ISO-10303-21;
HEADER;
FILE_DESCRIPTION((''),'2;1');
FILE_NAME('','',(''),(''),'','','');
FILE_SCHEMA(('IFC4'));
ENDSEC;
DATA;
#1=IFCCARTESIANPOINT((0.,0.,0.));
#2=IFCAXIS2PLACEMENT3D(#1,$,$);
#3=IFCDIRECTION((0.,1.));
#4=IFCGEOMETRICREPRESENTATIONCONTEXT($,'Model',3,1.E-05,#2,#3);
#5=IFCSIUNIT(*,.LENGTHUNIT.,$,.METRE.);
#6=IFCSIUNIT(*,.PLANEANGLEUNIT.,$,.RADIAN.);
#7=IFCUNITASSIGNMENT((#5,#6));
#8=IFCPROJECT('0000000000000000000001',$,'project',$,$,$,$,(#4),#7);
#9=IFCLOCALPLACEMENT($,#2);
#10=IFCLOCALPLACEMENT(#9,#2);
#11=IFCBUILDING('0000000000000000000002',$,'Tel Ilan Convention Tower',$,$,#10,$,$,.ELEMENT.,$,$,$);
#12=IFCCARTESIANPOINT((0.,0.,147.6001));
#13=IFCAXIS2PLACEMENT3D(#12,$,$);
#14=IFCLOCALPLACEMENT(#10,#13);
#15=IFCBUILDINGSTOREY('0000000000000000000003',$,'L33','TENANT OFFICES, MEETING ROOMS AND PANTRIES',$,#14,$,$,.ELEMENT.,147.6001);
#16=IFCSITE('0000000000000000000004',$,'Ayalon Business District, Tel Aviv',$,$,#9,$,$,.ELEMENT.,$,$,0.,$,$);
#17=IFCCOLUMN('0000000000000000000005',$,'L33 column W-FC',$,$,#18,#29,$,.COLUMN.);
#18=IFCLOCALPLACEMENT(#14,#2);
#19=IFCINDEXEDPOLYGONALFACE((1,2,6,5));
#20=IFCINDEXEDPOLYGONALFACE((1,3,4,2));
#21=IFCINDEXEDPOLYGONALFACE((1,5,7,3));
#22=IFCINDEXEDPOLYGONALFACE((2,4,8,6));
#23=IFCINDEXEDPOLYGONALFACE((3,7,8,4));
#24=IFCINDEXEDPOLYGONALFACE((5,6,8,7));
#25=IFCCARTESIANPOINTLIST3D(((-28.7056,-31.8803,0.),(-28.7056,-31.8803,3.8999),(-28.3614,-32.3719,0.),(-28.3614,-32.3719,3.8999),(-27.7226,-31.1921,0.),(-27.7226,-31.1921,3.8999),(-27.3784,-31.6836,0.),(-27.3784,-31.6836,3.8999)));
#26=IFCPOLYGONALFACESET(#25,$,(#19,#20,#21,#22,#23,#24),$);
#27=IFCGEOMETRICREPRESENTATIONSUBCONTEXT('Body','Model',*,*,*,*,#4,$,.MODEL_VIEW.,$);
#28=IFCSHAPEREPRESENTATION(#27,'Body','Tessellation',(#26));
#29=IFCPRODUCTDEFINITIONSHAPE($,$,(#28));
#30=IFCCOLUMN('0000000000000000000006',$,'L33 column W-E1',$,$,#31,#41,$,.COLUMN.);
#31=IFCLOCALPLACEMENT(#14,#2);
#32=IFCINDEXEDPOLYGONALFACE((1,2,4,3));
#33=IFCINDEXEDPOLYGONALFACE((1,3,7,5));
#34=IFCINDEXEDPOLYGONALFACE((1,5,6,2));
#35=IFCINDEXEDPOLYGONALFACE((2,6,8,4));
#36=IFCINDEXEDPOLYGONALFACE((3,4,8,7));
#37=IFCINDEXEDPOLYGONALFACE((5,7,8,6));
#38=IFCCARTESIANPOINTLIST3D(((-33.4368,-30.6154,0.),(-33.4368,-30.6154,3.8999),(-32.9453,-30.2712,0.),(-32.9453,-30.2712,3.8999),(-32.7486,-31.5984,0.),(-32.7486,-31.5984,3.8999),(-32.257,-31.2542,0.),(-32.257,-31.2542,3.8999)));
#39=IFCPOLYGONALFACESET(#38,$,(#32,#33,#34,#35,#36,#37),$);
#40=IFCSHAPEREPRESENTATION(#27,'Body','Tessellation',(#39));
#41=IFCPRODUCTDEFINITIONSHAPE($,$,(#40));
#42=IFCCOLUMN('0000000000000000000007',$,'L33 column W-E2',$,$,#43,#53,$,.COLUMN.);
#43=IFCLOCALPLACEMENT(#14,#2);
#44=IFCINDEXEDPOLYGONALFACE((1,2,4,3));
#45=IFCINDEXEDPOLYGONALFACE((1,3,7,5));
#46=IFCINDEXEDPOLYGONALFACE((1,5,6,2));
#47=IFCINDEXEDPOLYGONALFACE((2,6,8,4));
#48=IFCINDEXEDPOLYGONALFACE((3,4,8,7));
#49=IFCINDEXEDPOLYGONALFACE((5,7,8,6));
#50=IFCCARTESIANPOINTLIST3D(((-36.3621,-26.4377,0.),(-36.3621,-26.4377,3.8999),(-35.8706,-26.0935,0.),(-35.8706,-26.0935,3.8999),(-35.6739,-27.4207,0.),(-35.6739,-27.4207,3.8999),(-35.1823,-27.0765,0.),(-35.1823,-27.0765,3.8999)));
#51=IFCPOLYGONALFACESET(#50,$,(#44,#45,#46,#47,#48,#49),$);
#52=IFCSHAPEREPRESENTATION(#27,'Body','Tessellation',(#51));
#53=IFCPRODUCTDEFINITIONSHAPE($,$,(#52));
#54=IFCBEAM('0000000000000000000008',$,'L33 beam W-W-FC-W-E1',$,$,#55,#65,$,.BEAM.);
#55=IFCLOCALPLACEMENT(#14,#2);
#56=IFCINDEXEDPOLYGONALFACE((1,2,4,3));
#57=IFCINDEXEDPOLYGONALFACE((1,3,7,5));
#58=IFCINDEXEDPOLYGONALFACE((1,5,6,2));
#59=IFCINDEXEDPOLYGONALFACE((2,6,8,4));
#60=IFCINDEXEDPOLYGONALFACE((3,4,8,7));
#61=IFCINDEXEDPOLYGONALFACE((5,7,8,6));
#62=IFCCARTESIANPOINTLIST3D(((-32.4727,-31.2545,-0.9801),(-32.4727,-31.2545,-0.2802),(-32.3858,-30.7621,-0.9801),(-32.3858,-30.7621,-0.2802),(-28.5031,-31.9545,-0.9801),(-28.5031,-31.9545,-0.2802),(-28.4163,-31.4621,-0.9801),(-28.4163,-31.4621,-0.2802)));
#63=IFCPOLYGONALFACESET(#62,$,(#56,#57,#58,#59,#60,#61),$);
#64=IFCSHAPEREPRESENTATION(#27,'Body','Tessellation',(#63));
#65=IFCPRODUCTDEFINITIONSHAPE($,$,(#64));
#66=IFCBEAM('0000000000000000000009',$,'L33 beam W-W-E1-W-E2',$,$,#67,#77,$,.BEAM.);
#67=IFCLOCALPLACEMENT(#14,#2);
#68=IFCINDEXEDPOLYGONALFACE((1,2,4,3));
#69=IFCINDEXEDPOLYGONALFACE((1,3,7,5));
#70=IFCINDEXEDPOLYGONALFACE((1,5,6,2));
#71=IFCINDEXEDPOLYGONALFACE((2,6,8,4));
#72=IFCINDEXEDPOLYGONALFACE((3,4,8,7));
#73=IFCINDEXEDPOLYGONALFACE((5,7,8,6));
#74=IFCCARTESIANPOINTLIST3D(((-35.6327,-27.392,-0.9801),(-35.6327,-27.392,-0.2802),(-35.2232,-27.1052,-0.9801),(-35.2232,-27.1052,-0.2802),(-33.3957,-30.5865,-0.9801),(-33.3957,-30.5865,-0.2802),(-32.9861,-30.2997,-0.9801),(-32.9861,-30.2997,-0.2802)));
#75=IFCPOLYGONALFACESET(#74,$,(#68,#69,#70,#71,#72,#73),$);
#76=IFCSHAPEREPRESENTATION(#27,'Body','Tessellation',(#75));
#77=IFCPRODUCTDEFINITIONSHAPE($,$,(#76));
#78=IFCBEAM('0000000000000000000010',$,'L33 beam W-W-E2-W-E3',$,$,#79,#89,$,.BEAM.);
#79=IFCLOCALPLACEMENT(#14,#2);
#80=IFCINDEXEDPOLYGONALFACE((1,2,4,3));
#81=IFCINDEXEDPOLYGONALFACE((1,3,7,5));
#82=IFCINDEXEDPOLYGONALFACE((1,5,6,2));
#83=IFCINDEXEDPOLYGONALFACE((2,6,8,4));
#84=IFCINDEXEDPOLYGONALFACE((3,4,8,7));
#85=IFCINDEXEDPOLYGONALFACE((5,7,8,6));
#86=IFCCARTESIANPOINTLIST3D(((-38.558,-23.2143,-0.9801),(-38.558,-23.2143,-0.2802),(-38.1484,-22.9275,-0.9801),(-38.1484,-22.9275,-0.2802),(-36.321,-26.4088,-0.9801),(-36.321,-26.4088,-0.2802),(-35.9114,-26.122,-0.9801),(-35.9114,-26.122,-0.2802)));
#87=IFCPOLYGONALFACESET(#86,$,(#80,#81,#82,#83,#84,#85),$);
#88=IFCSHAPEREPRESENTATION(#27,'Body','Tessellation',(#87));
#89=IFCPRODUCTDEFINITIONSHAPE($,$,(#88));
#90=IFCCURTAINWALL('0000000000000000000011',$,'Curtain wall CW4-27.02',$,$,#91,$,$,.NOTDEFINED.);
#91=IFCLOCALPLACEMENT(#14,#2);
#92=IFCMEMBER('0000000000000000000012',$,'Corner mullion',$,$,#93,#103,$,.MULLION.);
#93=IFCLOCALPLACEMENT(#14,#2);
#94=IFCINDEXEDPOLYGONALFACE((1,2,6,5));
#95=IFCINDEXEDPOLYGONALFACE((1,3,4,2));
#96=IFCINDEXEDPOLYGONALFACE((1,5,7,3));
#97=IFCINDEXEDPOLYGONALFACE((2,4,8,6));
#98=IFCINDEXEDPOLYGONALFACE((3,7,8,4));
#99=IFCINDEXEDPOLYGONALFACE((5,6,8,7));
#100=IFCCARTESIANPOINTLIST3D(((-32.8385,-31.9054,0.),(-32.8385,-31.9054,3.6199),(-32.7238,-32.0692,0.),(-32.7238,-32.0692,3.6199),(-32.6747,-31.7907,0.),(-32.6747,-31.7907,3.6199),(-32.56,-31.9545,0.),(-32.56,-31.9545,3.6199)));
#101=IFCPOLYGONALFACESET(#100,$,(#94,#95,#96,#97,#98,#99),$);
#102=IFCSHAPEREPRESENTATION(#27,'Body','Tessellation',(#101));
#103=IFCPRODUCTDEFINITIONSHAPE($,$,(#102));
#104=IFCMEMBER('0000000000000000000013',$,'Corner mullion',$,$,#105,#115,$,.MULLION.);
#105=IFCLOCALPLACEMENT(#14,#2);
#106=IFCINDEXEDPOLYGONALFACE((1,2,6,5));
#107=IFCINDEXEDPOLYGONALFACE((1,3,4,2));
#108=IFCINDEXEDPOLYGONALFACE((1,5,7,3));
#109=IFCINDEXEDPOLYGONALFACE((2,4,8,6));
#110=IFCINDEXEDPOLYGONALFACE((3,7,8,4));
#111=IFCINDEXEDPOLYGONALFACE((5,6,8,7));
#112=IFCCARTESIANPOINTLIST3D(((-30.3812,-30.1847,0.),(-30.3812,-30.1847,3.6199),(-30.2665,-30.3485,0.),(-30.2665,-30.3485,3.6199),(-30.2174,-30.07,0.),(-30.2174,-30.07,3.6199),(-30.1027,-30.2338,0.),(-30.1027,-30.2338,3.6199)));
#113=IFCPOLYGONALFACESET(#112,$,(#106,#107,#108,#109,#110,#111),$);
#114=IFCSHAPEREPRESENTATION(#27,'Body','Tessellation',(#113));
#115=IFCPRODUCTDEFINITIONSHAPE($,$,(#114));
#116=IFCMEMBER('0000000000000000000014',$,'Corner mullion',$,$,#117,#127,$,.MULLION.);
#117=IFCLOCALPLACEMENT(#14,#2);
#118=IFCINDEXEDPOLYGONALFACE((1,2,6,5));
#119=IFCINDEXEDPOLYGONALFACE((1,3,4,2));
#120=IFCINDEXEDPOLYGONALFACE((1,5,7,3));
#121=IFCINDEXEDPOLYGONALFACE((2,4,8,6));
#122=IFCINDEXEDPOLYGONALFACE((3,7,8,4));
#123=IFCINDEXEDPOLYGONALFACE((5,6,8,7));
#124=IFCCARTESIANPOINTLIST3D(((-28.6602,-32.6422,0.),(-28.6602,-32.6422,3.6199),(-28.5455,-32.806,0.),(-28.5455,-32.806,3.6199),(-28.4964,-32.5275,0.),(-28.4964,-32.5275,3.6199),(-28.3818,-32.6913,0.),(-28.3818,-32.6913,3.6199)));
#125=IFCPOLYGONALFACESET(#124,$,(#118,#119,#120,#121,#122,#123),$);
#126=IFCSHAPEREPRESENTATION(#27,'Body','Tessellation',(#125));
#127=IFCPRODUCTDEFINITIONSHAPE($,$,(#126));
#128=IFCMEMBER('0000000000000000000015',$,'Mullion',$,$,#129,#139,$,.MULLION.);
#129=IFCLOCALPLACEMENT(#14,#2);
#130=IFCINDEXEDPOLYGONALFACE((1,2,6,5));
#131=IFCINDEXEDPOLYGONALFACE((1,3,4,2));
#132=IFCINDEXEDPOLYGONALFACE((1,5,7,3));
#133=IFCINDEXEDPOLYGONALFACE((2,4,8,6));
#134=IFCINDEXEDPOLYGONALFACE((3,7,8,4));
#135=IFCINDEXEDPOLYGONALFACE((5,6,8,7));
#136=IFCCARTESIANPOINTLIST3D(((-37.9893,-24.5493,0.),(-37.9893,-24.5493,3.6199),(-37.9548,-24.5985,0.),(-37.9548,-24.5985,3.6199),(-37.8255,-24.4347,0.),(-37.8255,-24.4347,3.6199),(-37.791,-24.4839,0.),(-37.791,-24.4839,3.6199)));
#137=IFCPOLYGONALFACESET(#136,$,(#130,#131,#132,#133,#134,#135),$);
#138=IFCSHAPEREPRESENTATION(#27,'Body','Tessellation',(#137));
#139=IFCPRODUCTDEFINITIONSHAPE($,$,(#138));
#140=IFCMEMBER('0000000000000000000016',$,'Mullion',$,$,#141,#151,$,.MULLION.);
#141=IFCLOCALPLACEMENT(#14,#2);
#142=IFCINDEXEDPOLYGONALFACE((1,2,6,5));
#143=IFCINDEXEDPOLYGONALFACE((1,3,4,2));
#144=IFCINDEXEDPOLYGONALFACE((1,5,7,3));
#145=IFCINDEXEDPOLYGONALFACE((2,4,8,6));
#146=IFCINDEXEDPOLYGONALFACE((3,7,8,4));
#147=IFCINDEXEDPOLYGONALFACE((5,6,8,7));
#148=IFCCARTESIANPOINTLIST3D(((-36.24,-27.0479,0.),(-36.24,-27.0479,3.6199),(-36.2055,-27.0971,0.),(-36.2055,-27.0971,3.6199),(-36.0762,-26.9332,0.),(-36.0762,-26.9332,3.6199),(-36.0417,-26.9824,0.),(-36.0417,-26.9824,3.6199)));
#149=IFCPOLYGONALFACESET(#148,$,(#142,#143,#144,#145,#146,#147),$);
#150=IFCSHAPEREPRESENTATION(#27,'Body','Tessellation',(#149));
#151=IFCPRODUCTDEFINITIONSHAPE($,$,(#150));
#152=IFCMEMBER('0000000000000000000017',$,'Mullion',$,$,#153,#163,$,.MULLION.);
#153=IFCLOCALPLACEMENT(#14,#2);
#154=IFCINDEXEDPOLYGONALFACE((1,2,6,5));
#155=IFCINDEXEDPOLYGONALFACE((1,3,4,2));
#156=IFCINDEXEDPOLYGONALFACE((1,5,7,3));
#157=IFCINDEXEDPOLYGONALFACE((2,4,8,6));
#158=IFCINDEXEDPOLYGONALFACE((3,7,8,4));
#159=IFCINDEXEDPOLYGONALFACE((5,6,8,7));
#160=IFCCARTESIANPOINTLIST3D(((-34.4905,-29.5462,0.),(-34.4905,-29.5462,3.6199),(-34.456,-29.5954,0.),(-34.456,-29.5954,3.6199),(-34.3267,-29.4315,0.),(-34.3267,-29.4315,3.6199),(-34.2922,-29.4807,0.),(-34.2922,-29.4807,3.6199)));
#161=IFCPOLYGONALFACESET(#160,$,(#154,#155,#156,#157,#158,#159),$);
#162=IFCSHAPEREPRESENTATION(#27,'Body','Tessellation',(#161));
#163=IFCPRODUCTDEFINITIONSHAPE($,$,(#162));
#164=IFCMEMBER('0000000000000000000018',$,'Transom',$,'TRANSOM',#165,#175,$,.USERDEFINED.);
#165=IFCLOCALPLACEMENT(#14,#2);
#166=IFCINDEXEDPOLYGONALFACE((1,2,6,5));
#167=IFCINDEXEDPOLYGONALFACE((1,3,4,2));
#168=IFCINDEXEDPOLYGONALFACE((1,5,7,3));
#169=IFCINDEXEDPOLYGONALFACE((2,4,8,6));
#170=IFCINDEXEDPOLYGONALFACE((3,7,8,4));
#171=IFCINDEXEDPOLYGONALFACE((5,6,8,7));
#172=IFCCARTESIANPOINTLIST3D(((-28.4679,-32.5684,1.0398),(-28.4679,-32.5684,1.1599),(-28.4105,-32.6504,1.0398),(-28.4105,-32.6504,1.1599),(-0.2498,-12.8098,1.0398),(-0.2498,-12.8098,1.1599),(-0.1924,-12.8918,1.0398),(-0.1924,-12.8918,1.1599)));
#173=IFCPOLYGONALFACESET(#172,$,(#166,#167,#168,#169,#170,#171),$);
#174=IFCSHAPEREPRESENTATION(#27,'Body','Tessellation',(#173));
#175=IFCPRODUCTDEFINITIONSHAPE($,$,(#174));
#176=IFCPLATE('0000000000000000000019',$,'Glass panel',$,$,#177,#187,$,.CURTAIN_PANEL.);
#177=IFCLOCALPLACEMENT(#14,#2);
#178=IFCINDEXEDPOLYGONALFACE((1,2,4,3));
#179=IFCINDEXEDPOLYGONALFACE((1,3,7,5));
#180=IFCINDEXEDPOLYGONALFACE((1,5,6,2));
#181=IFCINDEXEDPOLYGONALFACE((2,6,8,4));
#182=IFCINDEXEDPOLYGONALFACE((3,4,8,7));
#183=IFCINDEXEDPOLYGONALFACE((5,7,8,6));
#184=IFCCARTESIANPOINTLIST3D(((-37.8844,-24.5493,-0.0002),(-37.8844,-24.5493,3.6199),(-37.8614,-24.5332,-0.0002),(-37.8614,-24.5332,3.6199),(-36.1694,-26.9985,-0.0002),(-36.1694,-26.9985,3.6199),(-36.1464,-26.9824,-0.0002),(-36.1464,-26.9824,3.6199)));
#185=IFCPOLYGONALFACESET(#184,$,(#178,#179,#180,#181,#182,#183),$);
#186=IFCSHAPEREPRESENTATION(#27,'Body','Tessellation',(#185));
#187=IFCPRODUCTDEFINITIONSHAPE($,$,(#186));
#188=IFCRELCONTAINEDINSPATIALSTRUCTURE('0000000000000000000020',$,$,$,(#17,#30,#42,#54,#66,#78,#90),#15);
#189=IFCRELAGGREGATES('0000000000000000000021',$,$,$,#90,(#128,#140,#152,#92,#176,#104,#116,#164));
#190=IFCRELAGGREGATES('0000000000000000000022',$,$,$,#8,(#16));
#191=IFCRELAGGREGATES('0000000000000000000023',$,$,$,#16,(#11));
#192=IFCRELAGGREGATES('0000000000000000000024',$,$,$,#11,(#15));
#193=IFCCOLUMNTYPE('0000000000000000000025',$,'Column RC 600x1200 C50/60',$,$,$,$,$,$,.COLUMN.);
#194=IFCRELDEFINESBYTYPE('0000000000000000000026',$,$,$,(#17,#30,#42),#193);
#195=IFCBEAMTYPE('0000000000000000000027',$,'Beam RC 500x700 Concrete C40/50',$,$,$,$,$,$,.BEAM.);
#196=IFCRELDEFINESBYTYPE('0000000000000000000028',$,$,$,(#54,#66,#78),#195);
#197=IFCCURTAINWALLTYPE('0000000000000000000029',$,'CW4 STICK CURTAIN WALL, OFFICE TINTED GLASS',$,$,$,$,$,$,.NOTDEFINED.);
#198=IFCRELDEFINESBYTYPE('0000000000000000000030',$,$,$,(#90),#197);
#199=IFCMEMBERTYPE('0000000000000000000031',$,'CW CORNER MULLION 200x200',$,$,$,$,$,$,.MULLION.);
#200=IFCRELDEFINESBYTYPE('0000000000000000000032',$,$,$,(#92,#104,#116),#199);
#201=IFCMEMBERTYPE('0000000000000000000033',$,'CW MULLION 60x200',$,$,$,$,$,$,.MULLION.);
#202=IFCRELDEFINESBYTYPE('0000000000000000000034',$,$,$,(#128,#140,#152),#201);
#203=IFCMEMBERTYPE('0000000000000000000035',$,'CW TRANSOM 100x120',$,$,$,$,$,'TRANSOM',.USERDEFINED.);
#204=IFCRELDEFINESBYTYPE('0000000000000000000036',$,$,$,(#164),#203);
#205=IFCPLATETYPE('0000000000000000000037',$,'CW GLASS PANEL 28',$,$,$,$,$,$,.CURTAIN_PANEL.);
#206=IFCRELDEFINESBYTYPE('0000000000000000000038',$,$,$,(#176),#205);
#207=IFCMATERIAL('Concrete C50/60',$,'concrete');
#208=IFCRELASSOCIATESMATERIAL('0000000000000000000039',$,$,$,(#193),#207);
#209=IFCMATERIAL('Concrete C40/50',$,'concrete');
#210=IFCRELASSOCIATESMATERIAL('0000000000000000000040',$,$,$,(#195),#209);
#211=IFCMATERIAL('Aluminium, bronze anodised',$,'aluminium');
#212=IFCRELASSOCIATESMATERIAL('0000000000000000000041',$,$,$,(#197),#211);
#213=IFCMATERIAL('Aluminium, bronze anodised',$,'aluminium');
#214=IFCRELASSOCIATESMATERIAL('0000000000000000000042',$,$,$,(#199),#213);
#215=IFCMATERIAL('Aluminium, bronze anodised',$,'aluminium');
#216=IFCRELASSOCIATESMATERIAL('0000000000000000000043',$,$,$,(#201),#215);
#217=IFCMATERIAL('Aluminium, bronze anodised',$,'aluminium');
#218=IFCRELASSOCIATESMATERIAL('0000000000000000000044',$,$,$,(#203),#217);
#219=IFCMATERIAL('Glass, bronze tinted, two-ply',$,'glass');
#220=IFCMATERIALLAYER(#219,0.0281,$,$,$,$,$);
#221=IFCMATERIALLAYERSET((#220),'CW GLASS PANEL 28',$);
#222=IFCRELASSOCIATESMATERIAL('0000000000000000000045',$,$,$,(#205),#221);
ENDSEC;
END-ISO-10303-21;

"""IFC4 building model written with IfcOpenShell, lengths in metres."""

from ifc_helpers import new_model, si_unit, direction, frame, origin, origin_2d, place, context, subcontext, project, spatial, rectangle, extrude, material, layer, layer_set, material_profile, profile_set, type_object, element, aggregate, save


model = new_model("IFC4")

# Units and contexts
model_context = context("Model", 3, precision=1e-05, world=origin(), true_north=direction((0.0, 1.0)))
body_context = subcontext(model_context, "Body", "Model", "MODEL_VIEW")
ifc_project = project(units=[si_unit("LENGTHUNIT", "METRE"), si_unit("PLANEANGLEUNIT", "RADIAN")], contexts=[model_context])

# Site, building, storey
site_placement = place(None, origin())
site = spatial("IfcSite", under=ifc_project, at=site_placement, Name="Ayalon Business District, Tel Aviv", CompositionType="ELEMENT", RefElevation=0.0)
building_placement = place(site_placement, origin())
building = spatial("IfcBuilding", under=site, at=building_placement, Name="Tel Ilan Convention Tower", CompositionType="ELEMENT")
storey_placement = place(building_placement, frame((0.0, 0.0, 147.6001)))
storey = spatial("IfcBuildingStorey", under=building, at=storey_placement, Name="L33", Description="TENANT OFFICES, MEETING ROOMS AND PANTRIES", CompositionType="ELEMENT", Elevation=147.6001)

# Columns
ifc_material_1 = material(Name="Concrete C50/60", Category="concrete")
ifc_material_profile_1 = material_profile(ifc_material_1, rectangle(XDim=1.2, YDim=0.6001, at=origin_2d()), Name="RC 600x1200")
ifc_profile_set_1 = profile_set([ifc_material_profile_1], Name="Concrete C50/60")
column_type = type_object("IfcColumnType", Name="Column RC 600x1200 C50/60", PredefinedType="COLUMN", material=ifc_profile_set_1)
for number, where, z_axis, x_axis, name in (
    (1, (-28.042, -31.782, 0.0), (0.0, 0.0, 1.0), (-0.819152, -0.573576, 0.0), "L33 column W-FC"),
    (2, (-32.8469, -30.9348, 0.0), (0.0, 0.0, 1.0), (-0.573576, 0.819152, 0.0), "L33 column W-E1"),
    (3, (-35.7722, -26.7571, 0.0), (0.0, 0.0, 1.0), (-0.573576, 0.819152, 0.0), "L33 column W-E2"),
):
    element("IfcColumn", number, at=place(storey_placement, frame(where, z_axis=z_axis, x_axis=x_axis)), inside=storey, type_object=column_type, Name=name, PredefinedType="COLUMN", context=body_context, shape_type="SweptSolid", body=[
        extrude(rectangle(XDim=1.2, YDim=0.6001, at=origin_2d()), origin(), (0.0, 0.0, 1.0), 3.8999),
    ])

# Beams
ifc_material_2 = material(Name="Concrete C40/50", Category="concrete")
ifc_material_profile_2 = material_profile(ifc_material_2, rectangle(XDim=0.5, YDim=0.7, at=origin_2d()), Name="RC 500x700")
ifc_profile_set_2 = profile_set([ifc_material_profile_2], Name="Concrete C40/50")
beam_type = type_object("IfcBeamType", Name="Beam RC 500x700 Concrete C40/50", PredefinedType="BEAM", material=ifc_profile_set_2)
beam_placement = place(storey_placement, frame((-28.4597, -31.7083, -0.6301), z_axis=(-0.984807, 0.173654, 0.0), x_axis=(-0.173654, -0.984807, 0.0)))
element("IfcBeam", 4, at=beam_placement, inside=storey, type_object=beam_type, Name="L33 beam W-W-FC-W-E1", PredefinedType="BEAM", context=body_context, shape_type="SweptSolid", body=[
    extrude(rectangle(XDim=0.5, YDim=0.7, at=origin_2d()), origin(), (0.0, 0.0, 1.0), 4.0308),
])
for number, where, z_axis, x_axis, name in (
    (5, (-33.1909, -30.4431, -0.6301), (-0.573609, 0.819129, 0.0), (-0.819129, -0.573609, 0.0), "L33 beam W-W-E1-W-E2"),
    (6, (-36.1162, -26.2654, -0.6301), (-0.573609, 0.819129, 0.0), (-0.819129, -0.573609, 0.0), "L33 beam W-W-E2-W-E3"),
):
    element("IfcBeam", number, at=place(storey_placement, frame(where, z_axis=z_axis, x_axis=x_axis)), inside=storey, type_object=beam_type, Name=name, PredefinedType="BEAM", context=body_context, shape_type="SweptSolid", body=[
        extrude(rectangle(XDim=0.5, YDim=0.7, at=origin_2d()), origin(), (0.0, 0.0, 1.0), 3.8999),
    ])

# Curtain wall, members, plate
ifc_material_3 = material(Name="Aluminium, bronze anodised", Category="aluminium")
curtain_wall_type = type_object("IfcCurtainWallType", Name="CW4 STICK CURTAIN WALL, OFFICE TINTED GLASS", PredefinedType="NOTDEFINED", material=ifc_material_3)
curtain_wall_placement = place(storey_placement, origin())
curtain_wall = element("IfcCurtainWall", 7, at=curtain_wall_placement, inside=storey, type_object=curtain_wall_type, Name="Curtain wall CW4-27.02", PredefinedType="NOTDEFINED")
ifc_material_4 = material(Name="Aluminium, bronze anodised", Category="aluminium")
ifc_material_profile_3 = material_profile(ifc_material_4, rectangle(XDim=0.2, YDim=0.2, at=origin_2d()), Name="CW CORNER MULLION 200x200")
ifc_profile_set_3 = profile_set([ifc_material_profile_3], Name="Aluminium, bronze anodised")
member_type_1 = type_object("IfcMemberType", Name="CW CORNER MULLION 200x200", PredefinedType="MULLION", material=ifc_profile_set_3)
member_1_placement = place(storey_placement, frame((-32.6992, -31.9299, 0.0), z_axis=(0.0, 0.0, 1.0), x_axis=(0.573576, -0.819152, 0.0)))
member_1 = element("IfcMember", 8, at=member_1_placement, type_object=member_type_1, Name="Corner mullion", PredefinedType="MULLION", context=body_context, shape_type="SweptSolid", body=[
    extrude(rectangle(XDim=0.2, YDim=0.2, at=origin_2d()), origin(), (0.0, 0.0, 1.0), 3.6199),
])
member_2_placement = place(storey_placement, frame((-30.2419, -30.2092, 0.0), z_axis=(0.0, 0.0, 1.0), x_axis=(0.819152, 0.573576, 0.0)))
member_2 = element("IfcMember", 9, at=member_2_placement, type_object=member_type_1, Name="Corner mullion", PredefinedType="MULLION", context=body_context, shape_type="SweptSolid", body=[
    extrude(rectangle(XDim=0.2, YDim=0.2, at=origin_2d()), origin(), (0.0, 0.0, 1.0), 3.6199),
])
member_3_placement = place(storey_placement, frame((-28.521, -32.6667, 0.0), z_axis=(0.0, 0.0, 1.0), x_axis=(0.573576, -0.819152, 0.0)))
member_3 = element("IfcMember", 10, at=member_3_placement, type_object=member_type_1, Name="Corner mullion", PredefinedType="MULLION", context=body_context, shape_type="SweptSolid", body=[
    extrude(rectangle(XDim=0.2, YDim=0.2, at=origin_2d()), origin(), (0.0, 0.0, 1.0), 3.6199),
])
ifc_material_5 = material(Name="Aluminium, bronze anodised", Category="aluminium")
ifc_material_profile_4 = material_profile(ifc_material_5, rectangle(XDim=0.0601, YDim=0.2, at=origin_2d()), Name="CW MULLION 60x200")
ifc_profile_set_4 = profile_set([ifc_material_profile_4], Name="Aluminium, bronze anodised")
member_type_2 = type_object("IfcMemberType", Name="CW MULLION 60x200", PredefinedType="MULLION", material=ifc_profile_set_4)
member_4_placement = place(storey_placement, frame((-37.8901, -24.5166, 0.0), z_axis=(0.0, 0.0, 1.0), x_axis=(0.573576, -0.819152, 0.0)))
member_4 = element("IfcMember", 11, at=member_4_placement, type_object=member_type_2, Name="Mullion", PredefinedType="MULLION", context=body_context, shape_type="SweptSolid", body=[
    extrude(rectangle(XDim=0.0601, YDim=0.2, at=origin_2d()), origin(), (0.0, 0.0, 1.0), 3.6199),
])
member_5_placement = place(storey_placement, frame((-36.1409, -27.0151, 0.0), z_axis=(0.0, 0.0, 1.0), x_axis=(0.573576, -0.819152, 0.0)))
member_5 = element("IfcMember", 12, at=member_5_placement, type_object=member_type_2, Name="Mullion", PredefinedType="MULLION", context=body_context, shape_type="SweptSolid", body=[
    extrude(rectangle(XDim=0.0601, YDim=0.2, at=origin_2d()), origin(), (0.0, 0.0, 1.0), 3.6199),
])
member_6_placement = place(storey_placement, frame((-34.3914, -29.5134, 0.0), z_axis=(0.0, 0.0, 1.0), x_axis=(0.573576, -0.819152, 0.0)))
member_6 = element("IfcMember", 13, at=member_6_placement, type_object=member_type_2, Name="Mullion", PredefinedType="MULLION", context=body_context, shape_type="SweptSolid", body=[
    extrude(rectangle(XDim=0.0601, YDim=0.2, at=origin_2d()), origin(), (0.0, 0.0, 1.0), 3.6199),
])
ifc_material_6 = material(Name="Aluminium, bronze anodised", Category="aluminium")
ifc_material_profile_5 = material_profile(ifc_material_6, rectangle(XDim=0.1001, YDim=0.1201, at=origin_2d()), Name="CW TRANSOM 100x120")
ifc_profile_set_5 = profile_set([ifc_material_profile_5], Name="Aluminium, bronze anodised")
member_type_3 = type_object("IfcMemberType", Name="CW TRANSOM 100x120", ElementType="TRANSOM", PredefinedType="USERDEFINED", material=ifc_profile_set_5)
member_7_placement = place(storey_placement, frame((-28.4392, -32.6094, 1.0999), z_axis=(0.819151, 0.573578, 0.0), x_axis=(-0.573578, 0.819151, 0.0)))
member_7 = element("IfcMember", 14, at=member_7_placement, type_object=member_type_3, Name="Transom", ObjectType="TRANSOM", PredefinedType="USERDEFINED", context=body_context, shape_type="SweptSolid", body=[
    extrude(rectangle(XDim=0.1001, YDim=0.1201, at=origin_2d()), origin(), (0.0, 0.0, 1.0), 34.448),
])
ifc_material_7 = material(Name="Glass, bronze tinted, two-ply", Category="glass")
ifc_layer_1 = layer(ifc_material_7, 0.0281)
ifc_layer_set_1 = layer_set([ifc_layer_1], Name="CW GLASS PANEL 28")
plate_type = type_object("IfcPlateType", Name="CW GLASS PANEL 28", PredefinedType="CURTAIN_PANEL", material=ifc_layer_set_1)
plate_1_placement = place(storey_placement, frame((-37.0154, -25.7659, -0.0002), z_axis=(0.0, 0.0, 1.0), x_axis=(0.573576, -0.819152, 0.0)))
plate_1 = element("IfcPlate", 15, at=plate_1_placement, type_object=plate_type, Name="Glass panel", PredefinedType="CURTAIN_PANEL", context=body_context, shape_type="SweptSolid", body=[
    extrude(rectangle(XDim=2.99, YDim=0.0281, at=origin_2d()), origin(), (0.0, 0.0, 1.0), 3.6201),
])
aggregate(curtain_wall, [member_4, member_5, member_6, member_1, plate_1, member_2, member_3, member_7])

save(model, "model.ifc")
